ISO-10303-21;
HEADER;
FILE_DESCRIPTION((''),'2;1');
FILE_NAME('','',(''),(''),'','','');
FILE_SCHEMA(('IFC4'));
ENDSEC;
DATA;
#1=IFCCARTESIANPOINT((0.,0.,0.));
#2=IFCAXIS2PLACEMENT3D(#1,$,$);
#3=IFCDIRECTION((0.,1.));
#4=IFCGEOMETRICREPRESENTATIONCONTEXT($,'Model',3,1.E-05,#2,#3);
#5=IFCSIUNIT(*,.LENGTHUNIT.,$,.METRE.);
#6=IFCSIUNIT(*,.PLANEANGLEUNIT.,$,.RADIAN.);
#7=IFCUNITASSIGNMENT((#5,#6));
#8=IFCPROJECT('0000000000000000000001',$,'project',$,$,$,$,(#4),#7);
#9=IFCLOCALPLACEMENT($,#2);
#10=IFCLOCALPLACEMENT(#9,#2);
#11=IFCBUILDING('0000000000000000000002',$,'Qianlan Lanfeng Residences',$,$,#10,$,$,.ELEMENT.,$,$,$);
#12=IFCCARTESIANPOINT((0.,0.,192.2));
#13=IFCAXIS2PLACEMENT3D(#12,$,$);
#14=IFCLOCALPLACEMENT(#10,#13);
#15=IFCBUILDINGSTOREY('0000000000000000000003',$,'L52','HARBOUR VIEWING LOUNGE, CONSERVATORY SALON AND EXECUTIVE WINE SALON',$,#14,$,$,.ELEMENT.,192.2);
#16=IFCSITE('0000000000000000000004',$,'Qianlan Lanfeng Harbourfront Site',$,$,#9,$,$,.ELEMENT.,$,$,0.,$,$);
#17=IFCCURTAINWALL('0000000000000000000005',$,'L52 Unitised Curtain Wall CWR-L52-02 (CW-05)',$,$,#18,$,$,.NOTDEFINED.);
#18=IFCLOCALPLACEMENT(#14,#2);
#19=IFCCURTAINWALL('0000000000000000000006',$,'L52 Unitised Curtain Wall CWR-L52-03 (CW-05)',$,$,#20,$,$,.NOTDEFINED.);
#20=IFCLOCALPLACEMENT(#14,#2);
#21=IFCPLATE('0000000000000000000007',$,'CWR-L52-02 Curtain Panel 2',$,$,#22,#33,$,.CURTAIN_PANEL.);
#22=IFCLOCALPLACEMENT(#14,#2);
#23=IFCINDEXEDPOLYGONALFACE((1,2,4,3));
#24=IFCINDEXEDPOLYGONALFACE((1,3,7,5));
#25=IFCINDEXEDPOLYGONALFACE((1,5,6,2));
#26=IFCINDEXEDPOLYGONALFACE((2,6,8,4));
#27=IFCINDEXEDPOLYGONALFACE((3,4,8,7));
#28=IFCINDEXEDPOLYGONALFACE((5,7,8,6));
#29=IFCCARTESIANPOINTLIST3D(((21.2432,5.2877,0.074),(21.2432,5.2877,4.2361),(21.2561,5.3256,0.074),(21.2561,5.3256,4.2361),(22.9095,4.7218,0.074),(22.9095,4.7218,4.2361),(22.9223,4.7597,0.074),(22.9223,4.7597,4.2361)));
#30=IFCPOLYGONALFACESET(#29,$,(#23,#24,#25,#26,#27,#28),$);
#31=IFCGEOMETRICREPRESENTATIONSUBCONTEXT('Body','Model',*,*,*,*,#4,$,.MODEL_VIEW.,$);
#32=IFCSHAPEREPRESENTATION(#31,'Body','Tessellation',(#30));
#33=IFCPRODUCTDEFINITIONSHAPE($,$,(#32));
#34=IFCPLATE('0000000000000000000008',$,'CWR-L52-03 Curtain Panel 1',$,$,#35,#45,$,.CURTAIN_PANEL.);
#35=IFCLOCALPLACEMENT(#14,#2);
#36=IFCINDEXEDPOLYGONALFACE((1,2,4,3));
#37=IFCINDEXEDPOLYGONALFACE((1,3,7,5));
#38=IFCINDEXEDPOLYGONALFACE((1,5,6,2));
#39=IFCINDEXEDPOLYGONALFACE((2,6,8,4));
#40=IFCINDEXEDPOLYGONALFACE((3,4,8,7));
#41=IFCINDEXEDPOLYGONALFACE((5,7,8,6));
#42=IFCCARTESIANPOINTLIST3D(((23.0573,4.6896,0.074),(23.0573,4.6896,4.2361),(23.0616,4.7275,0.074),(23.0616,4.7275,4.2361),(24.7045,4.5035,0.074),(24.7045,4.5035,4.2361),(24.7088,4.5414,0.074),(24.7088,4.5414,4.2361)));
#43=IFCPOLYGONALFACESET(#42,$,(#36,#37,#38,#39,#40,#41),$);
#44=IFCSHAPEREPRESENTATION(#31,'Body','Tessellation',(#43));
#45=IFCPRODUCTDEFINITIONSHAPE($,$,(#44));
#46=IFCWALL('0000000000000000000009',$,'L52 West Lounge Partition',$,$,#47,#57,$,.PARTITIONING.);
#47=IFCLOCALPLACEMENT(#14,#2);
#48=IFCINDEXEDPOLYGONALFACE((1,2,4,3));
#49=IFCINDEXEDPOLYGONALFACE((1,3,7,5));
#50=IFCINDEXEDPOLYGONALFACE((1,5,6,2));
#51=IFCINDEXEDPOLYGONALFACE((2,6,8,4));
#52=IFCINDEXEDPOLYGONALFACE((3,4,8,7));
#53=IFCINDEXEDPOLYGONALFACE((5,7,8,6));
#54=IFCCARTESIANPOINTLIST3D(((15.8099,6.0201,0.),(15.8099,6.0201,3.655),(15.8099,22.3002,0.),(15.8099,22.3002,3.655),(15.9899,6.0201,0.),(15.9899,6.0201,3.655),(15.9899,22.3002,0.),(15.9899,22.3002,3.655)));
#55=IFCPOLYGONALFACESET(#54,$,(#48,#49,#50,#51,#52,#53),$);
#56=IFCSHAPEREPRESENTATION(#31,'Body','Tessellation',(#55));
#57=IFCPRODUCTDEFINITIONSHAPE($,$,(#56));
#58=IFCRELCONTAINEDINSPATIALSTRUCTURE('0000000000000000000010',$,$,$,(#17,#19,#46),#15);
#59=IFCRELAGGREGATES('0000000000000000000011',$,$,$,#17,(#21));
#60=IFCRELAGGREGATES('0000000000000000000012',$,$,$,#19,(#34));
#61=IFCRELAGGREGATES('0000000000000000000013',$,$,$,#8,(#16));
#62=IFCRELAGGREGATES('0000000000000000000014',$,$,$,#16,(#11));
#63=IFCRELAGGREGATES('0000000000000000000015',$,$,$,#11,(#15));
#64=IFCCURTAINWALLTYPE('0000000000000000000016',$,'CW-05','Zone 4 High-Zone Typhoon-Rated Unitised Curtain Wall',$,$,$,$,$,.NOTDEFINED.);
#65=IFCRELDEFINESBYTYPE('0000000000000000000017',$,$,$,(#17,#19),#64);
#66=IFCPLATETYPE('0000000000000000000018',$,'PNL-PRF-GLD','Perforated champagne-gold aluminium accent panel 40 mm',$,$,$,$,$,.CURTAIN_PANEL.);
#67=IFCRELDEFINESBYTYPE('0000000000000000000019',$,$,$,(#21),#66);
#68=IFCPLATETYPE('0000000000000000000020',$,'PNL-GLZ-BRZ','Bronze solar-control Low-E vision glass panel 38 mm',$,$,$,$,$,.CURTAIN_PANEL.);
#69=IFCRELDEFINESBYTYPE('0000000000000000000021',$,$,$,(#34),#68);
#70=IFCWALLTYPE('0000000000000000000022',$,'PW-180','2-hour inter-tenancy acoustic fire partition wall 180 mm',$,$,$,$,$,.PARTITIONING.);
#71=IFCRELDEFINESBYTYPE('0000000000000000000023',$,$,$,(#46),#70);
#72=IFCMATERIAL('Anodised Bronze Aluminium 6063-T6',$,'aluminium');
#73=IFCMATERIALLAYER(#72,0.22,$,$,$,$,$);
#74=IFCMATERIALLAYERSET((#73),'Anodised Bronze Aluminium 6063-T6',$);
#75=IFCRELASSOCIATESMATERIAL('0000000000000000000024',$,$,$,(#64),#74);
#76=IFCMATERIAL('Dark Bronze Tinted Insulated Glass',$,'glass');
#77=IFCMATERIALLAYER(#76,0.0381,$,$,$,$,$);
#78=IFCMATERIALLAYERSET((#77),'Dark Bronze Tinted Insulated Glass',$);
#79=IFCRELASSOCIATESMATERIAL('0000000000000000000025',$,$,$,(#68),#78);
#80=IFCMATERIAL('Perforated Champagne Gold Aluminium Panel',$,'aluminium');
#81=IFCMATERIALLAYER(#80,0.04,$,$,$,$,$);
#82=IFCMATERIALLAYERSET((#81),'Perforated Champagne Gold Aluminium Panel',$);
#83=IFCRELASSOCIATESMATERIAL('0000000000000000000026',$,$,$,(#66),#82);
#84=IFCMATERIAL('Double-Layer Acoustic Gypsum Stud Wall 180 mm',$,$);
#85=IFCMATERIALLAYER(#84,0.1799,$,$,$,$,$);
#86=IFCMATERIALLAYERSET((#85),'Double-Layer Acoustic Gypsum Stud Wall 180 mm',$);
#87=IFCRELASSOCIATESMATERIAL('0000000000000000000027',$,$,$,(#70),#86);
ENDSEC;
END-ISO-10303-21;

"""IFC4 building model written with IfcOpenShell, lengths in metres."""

from ifc_helpers import new_model, si_unit, direction, frame, frame_2d, origin, origin_2d, place, context, subcontext, project, spatial, rectangle, extrude, source, transform, mapped, material, layer, layer_set, type_object, element, aggregate, save


model = new_model("IFC4")

# Units and contexts
model_context = context("Model", 3, precision=1e-05, world=origin(), true_north=direction((0.0, 1.0)))
body_context = subcontext(model_context, "Body", "Model", "MODEL_VIEW")
ifc_project = project(units=[si_unit("LENGTHUNIT", "METRE"), si_unit("PLANEANGLEUNIT", "RADIAN")], contexts=[model_context])

# Site, building, storey
site_placement = place(None, origin())
site = spatial("IfcSite", under=ifc_project, at=site_placement, Name="Qianlan Lanfeng Harbourfront Site", CompositionType="ELEMENT", RefElevation=0.0)
building_placement = place(site_placement, origin())
building = spatial("IfcBuilding", under=site, at=building_placement, Name="Qianlan Lanfeng Residences", CompositionType="ELEMENT")
storey_placement = place(building_placement, frame((0.0, 0.0, 192.2)))
storey = spatial("IfcBuildingStorey", under=building, at=storey_placement, Name="L52", Description="HARBOUR VIEWING LOUNGE, CONSERVATORY SALON AND EXECUTIVE WINE SALON", CompositionType="ELEMENT", Elevation=192.2)

# Curtain wall
ifc_material_1 = material(Name="Anodised Bronze Aluminium 6063-T6", Category="aluminium")
ifc_layer_1 = layer(ifc_material_1, 0.22)
ifc_layer_set_1 = layer_set([ifc_layer_1], Name="Anodised Bronze Aluminium 6063-T6")
curtain_wall_type = type_object("IfcCurtainWallType", Name="CW-05", Description="Zone 4 High-Zone Typhoon-Rated Unitised Curtain Wall", PredefinedType="NOTDEFINED", material=ifc_layer_set_1)
curtain_wall_1_placement = place(storey_placement, origin())
curtain_wall_1 = element("IfcCurtainWall", 1, at=curtain_wall_1_placement, inside=storey, type_object=curtain_wall_type, Name="L52 Unitised Curtain Wall CWR-L52-02 (CW-05)", PredefinedType="NOTDEFINED")

# Curtain wall
curtain_wall_2_placement = place(storey_placement, origin())
curtain_wall_2 = element("IfcCurtainWall", 2, at=curtain_wall_2_placement, inside=storey, type_object=curtain_wall_type, Name="L52 Unitised Curtain Wall CWR-L52-03 (CW-05)", PredefinedType="NOTDEFINED")

# Plates
ifc_material_2 = material(Name="Dark Bronze Tinted Insulated Glass", Category="glass")
ifc_layer_2 = layer(ifc_material_2, 0.0381)
ifc_layer_set_2 = layer_set([ifc_layer_2], Name="Dark Bronze Tinted Insulated Glass")
plate_type_1 = type_object("IfcPlateType", Name="PNL-GLZ-BRZ", Description="Bronze solar-control Low-E vision glass panel 38 mm", PredefinedType="CURTAIN_PANEL", material=ifc_layer_set_2)
ifc_material_3 = material(Name="Perforated Champagne Gold Aluminium Panel", Category="aluminium")
ifc_layer_3 = layer(ifc_material_3, 0.04)
ifc_layer_set_3 = layer_set([ifc_layer_3], Name="Perforated Champagne Gold Aluminium Panel")
plate_type_2 = type_object("IfcPlateType", Name="PNL-PRF-GLD", Description="Perforated champagne-gold aluminium accent panel 40 mm", PredefinedType="CURTAIN_PANEL", material=ifc_layer_set_3)
shared_shape_1 = source(origin(), body_context, "Body", "SweptSolid", [
    extrude(rectangle(XDim=1.7598, YDim=0.04, at=origin_2d()), origin(), (0.0, 0.0, 1.0), 4.1621),
])
plate_1_placement = place(storey_placement, frame((22.0828, 5.0237, 0.074), z_axis=(0.0, 0.0, 1.0), x_axis=(0.946877, -0.321596, 0.0)))
plate_1 = element("IfcPlate", 3, at=plate_1_placement, type_object=plate_type_2, Name="CWR-L52-02 Curtain Panel 2", PredefinedType="CURTAIN_PANEL", context=body_context, shape_type="MappedRepresentation", body=[
    mapped(shared_shape_1, transform((0.0, 0.0, 0.0), scale=1.0)),
])
aggregate(curtain_wall_1, [plate_1])
shared_shape_2 = source(origin(), body_context, "Body", "SweptSolid", [
    extrude(rectangle(XDim=1.6577, YDim=0.0381, at=origin_2d()), origin(), (0.0, 0.0, 1.0), 4.1621),
])
plate_2_placement = place(storey_placement, frame((23.8831, 4.6155, 0.074), z_axis=(0.0, 0.0, 1.0), x_axis=(0.993678, -0.112263, 0.0)))
plate_2 = element("IfcPlate", 4, at=plate_2_placement, type_object=plate_type_1, Name="CWR-L52-03 Curtain Panel 1", PredefinedType="CURTAIN_PANEL", context=body_context, shape_type="MappedRepresentation", body=[
    mapped(shared_shape_2, transform((0.0, 0.0, 0.0), scale=1.0)),
])
aggregate(curtain_wall_2, [plate_2])

# Wall
ifc_material_4 = material(Name="Double-Layer Acoustic Gypsum Stud Wall 180 mm")
ifc_layer_4 = layer(ifc_material_4, 0.1799)
ifc_layer_set_4 = layer_set([ifc_layer_4], Name="Double-Layer Acoustic Gypsum Stud Wall 180 mm")
wall_type = type_object("IfcWallType", Name="PW-180", Description="2-hour inter-tenancy acoustic fire partition wall 180 mm", PredefinedType="PARTITIONING", material=ifc_layer_set_4)
wall_placement = place(storey_placement, frame((15.8999, 6.02, 0.0), z_axis=(0.0, 0.0, 1.0), x_axis=(0.0, 1.0, 0.0)))
element("IfcWall", 5, at=wall_placement, inside=storey, type_object=wall_type, Name="L52 West Lounge Partition", PredefinedType="PARTITIONING", context=body_context, shape_type="SweptSolid", body=[
    extrude(rectangle(XDim=16.28, YDim=0.1799, at=frame_2d((8.1401, 0.0))), origin(), (0.0, 0.0, 1.0), 3.655),
])

save(model, "model.ifc")
